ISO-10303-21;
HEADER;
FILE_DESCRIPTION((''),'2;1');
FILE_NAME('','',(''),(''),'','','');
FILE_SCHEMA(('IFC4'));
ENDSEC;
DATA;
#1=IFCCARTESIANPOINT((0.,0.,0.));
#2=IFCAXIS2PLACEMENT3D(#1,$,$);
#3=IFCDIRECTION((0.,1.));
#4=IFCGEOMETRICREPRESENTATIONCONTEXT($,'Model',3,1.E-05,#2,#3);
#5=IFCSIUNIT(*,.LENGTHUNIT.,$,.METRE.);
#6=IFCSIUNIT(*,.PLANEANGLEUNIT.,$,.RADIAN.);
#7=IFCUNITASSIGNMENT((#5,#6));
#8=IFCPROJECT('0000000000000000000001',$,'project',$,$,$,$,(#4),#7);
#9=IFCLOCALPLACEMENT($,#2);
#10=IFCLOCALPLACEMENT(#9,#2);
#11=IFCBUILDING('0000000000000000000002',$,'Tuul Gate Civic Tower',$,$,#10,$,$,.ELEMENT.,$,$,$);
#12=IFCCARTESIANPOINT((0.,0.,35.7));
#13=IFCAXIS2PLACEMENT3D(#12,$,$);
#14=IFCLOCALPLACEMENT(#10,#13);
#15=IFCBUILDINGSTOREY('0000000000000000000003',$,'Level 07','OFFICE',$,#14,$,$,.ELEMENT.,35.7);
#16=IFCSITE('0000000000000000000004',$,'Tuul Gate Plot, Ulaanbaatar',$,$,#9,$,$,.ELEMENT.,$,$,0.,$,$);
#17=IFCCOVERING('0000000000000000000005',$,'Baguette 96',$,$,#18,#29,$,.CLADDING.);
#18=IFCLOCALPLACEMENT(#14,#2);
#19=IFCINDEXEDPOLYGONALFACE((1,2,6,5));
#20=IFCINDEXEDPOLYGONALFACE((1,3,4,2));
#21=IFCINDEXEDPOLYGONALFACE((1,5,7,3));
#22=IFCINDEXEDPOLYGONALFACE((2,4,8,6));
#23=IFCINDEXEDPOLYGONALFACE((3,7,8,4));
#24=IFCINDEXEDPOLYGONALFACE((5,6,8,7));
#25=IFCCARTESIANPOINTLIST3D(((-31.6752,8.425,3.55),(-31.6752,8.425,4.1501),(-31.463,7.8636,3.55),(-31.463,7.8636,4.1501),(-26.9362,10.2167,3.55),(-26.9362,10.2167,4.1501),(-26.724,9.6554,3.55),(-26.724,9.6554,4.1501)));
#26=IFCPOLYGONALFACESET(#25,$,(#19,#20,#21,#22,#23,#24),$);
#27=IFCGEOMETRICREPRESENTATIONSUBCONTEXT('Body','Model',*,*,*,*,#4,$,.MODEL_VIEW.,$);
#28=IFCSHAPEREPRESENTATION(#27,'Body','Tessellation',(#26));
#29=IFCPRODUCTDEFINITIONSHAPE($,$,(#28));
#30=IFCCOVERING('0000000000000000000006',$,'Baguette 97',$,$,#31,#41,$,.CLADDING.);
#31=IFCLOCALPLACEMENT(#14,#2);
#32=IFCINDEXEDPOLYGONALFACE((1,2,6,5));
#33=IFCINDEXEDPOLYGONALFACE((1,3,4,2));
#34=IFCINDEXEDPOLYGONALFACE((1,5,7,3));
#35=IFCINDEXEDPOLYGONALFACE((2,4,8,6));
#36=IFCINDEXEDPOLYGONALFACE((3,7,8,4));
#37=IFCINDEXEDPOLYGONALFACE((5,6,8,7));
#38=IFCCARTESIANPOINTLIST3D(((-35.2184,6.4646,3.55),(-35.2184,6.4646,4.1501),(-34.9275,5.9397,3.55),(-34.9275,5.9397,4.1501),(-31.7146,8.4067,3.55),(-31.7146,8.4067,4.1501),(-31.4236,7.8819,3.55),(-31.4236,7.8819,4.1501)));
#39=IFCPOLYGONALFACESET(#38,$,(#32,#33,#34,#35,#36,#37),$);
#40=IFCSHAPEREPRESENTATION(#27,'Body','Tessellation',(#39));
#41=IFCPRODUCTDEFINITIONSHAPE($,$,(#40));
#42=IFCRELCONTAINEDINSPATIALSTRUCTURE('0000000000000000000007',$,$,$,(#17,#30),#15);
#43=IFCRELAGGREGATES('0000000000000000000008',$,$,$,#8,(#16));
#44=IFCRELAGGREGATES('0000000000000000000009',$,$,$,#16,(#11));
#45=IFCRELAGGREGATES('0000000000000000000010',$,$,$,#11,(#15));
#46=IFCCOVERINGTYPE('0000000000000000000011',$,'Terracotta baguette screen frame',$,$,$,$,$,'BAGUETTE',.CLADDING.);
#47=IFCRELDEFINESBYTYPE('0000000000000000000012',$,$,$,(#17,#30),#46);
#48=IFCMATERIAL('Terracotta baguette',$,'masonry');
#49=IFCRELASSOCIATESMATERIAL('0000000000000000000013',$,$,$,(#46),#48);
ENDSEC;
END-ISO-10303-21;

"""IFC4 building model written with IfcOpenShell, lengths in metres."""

from ifc_helpers import new_model, si_unit, direction, frame, origin, origin_2d, place, context, subcontext, project, spatial, rectangle, extrude, material, material_profile, profile_set, type_object, element, save


model = new_model("IFC4")

# Units and contexts
model_context = context("Model", 3, precision=1e-05, world=origin(), true_north=direction((0.0, 1.0)))
body_context = subcontext(model_context, "Body", "Model", "MODEL_VIEW")
ifc_project = project(units=[si_unit("LENGTHUNIT", "METRE"), si_unit("PLANEANGLEUNIT", "RADIAN")], contexts=[model_context])

# Site, building, storey
site_placement = place(None, origin())
site = spatial("IfcSite", under=ifc_project, at=site_placement, Name="Tuul Gate Plot, Ulaanbaatar", CompositionType="ELEMENT", RefElevation=0.0)
building_placement = place(site_placement, origin())
building = spatial("IfcBuilding", under=site, at=building_placement, Name="Tuul Gate Civic Tower", CompositionType="ELEMENT")
storey_placement = place(building_placement, frame((0.0, 0.0, 35.7)))
storey = spatial("IfcBuildingStorey", under=building, at=storey_placement, Name="Level 07", Description="OFFICE", CompositionType="ELEMENT", Elevation=35.7)

# Coverings
ifc_material_1 = material(Name="Terracotta baguette", Category="masonry")
ifc_material_profile_1 = material_profile(ifc_material_1, rectangle(XDim=0.6001, YDim=0.6001, at=origin_2d()), Name="Terracotta baguette screen frame")
ifc_profile_set_1 = profile_set([ifc_material_profile_1], Name="Terracotta baguette")
covering_type = type_object("IfcCoveringType", Name="Terracotta baguette screen frame", ElementType="BAGUETTE", PredefinedType="CLADDING", material=ifc_profile_set_1)
covering_1_placement = place(storey_placement, frame((-26.8301, 9.936, 3.8501), z_axis=(-0.935377, -0.353652, 0.0), x_axis=(0.353652, -0.935377, 0.0)))
element("IfcCovering", 1, at=covering_1_placement, inside=storey, type_object=covering_type, Name="Baguette 96", PredefinedType="CLADDING", context=body_context, shape_type="SweptSolid", body=[
    extrude(rectangle(XDim=0.6001, YDim=0.6001, at=origin_2d()), origin(), (0.0, 0.0, 1.0), 5.0664),
])
covering_2_placement = place(storey_placement, frame((-31.5691, 8.1443, 3.8501), z_axis=(-0.874631, -0.484789, 0.0), x_axis=(0.484789, -0.874631, 0.0)))
element("IfcCovering", 2, at=covering_2_placement, inside=storey, type_object=covering_type, Name="Baguette 97", PredefinedType="CLADDING", context=body_context, shape_type="SweptSolid", body=[
    extrude(rectangle(XDim=0.6001, YDim=0.6001, at=origin_2d()), origin(), (0.0, 0.0, 1.0), 4.0061),
])

save(model, "model.ifc")
